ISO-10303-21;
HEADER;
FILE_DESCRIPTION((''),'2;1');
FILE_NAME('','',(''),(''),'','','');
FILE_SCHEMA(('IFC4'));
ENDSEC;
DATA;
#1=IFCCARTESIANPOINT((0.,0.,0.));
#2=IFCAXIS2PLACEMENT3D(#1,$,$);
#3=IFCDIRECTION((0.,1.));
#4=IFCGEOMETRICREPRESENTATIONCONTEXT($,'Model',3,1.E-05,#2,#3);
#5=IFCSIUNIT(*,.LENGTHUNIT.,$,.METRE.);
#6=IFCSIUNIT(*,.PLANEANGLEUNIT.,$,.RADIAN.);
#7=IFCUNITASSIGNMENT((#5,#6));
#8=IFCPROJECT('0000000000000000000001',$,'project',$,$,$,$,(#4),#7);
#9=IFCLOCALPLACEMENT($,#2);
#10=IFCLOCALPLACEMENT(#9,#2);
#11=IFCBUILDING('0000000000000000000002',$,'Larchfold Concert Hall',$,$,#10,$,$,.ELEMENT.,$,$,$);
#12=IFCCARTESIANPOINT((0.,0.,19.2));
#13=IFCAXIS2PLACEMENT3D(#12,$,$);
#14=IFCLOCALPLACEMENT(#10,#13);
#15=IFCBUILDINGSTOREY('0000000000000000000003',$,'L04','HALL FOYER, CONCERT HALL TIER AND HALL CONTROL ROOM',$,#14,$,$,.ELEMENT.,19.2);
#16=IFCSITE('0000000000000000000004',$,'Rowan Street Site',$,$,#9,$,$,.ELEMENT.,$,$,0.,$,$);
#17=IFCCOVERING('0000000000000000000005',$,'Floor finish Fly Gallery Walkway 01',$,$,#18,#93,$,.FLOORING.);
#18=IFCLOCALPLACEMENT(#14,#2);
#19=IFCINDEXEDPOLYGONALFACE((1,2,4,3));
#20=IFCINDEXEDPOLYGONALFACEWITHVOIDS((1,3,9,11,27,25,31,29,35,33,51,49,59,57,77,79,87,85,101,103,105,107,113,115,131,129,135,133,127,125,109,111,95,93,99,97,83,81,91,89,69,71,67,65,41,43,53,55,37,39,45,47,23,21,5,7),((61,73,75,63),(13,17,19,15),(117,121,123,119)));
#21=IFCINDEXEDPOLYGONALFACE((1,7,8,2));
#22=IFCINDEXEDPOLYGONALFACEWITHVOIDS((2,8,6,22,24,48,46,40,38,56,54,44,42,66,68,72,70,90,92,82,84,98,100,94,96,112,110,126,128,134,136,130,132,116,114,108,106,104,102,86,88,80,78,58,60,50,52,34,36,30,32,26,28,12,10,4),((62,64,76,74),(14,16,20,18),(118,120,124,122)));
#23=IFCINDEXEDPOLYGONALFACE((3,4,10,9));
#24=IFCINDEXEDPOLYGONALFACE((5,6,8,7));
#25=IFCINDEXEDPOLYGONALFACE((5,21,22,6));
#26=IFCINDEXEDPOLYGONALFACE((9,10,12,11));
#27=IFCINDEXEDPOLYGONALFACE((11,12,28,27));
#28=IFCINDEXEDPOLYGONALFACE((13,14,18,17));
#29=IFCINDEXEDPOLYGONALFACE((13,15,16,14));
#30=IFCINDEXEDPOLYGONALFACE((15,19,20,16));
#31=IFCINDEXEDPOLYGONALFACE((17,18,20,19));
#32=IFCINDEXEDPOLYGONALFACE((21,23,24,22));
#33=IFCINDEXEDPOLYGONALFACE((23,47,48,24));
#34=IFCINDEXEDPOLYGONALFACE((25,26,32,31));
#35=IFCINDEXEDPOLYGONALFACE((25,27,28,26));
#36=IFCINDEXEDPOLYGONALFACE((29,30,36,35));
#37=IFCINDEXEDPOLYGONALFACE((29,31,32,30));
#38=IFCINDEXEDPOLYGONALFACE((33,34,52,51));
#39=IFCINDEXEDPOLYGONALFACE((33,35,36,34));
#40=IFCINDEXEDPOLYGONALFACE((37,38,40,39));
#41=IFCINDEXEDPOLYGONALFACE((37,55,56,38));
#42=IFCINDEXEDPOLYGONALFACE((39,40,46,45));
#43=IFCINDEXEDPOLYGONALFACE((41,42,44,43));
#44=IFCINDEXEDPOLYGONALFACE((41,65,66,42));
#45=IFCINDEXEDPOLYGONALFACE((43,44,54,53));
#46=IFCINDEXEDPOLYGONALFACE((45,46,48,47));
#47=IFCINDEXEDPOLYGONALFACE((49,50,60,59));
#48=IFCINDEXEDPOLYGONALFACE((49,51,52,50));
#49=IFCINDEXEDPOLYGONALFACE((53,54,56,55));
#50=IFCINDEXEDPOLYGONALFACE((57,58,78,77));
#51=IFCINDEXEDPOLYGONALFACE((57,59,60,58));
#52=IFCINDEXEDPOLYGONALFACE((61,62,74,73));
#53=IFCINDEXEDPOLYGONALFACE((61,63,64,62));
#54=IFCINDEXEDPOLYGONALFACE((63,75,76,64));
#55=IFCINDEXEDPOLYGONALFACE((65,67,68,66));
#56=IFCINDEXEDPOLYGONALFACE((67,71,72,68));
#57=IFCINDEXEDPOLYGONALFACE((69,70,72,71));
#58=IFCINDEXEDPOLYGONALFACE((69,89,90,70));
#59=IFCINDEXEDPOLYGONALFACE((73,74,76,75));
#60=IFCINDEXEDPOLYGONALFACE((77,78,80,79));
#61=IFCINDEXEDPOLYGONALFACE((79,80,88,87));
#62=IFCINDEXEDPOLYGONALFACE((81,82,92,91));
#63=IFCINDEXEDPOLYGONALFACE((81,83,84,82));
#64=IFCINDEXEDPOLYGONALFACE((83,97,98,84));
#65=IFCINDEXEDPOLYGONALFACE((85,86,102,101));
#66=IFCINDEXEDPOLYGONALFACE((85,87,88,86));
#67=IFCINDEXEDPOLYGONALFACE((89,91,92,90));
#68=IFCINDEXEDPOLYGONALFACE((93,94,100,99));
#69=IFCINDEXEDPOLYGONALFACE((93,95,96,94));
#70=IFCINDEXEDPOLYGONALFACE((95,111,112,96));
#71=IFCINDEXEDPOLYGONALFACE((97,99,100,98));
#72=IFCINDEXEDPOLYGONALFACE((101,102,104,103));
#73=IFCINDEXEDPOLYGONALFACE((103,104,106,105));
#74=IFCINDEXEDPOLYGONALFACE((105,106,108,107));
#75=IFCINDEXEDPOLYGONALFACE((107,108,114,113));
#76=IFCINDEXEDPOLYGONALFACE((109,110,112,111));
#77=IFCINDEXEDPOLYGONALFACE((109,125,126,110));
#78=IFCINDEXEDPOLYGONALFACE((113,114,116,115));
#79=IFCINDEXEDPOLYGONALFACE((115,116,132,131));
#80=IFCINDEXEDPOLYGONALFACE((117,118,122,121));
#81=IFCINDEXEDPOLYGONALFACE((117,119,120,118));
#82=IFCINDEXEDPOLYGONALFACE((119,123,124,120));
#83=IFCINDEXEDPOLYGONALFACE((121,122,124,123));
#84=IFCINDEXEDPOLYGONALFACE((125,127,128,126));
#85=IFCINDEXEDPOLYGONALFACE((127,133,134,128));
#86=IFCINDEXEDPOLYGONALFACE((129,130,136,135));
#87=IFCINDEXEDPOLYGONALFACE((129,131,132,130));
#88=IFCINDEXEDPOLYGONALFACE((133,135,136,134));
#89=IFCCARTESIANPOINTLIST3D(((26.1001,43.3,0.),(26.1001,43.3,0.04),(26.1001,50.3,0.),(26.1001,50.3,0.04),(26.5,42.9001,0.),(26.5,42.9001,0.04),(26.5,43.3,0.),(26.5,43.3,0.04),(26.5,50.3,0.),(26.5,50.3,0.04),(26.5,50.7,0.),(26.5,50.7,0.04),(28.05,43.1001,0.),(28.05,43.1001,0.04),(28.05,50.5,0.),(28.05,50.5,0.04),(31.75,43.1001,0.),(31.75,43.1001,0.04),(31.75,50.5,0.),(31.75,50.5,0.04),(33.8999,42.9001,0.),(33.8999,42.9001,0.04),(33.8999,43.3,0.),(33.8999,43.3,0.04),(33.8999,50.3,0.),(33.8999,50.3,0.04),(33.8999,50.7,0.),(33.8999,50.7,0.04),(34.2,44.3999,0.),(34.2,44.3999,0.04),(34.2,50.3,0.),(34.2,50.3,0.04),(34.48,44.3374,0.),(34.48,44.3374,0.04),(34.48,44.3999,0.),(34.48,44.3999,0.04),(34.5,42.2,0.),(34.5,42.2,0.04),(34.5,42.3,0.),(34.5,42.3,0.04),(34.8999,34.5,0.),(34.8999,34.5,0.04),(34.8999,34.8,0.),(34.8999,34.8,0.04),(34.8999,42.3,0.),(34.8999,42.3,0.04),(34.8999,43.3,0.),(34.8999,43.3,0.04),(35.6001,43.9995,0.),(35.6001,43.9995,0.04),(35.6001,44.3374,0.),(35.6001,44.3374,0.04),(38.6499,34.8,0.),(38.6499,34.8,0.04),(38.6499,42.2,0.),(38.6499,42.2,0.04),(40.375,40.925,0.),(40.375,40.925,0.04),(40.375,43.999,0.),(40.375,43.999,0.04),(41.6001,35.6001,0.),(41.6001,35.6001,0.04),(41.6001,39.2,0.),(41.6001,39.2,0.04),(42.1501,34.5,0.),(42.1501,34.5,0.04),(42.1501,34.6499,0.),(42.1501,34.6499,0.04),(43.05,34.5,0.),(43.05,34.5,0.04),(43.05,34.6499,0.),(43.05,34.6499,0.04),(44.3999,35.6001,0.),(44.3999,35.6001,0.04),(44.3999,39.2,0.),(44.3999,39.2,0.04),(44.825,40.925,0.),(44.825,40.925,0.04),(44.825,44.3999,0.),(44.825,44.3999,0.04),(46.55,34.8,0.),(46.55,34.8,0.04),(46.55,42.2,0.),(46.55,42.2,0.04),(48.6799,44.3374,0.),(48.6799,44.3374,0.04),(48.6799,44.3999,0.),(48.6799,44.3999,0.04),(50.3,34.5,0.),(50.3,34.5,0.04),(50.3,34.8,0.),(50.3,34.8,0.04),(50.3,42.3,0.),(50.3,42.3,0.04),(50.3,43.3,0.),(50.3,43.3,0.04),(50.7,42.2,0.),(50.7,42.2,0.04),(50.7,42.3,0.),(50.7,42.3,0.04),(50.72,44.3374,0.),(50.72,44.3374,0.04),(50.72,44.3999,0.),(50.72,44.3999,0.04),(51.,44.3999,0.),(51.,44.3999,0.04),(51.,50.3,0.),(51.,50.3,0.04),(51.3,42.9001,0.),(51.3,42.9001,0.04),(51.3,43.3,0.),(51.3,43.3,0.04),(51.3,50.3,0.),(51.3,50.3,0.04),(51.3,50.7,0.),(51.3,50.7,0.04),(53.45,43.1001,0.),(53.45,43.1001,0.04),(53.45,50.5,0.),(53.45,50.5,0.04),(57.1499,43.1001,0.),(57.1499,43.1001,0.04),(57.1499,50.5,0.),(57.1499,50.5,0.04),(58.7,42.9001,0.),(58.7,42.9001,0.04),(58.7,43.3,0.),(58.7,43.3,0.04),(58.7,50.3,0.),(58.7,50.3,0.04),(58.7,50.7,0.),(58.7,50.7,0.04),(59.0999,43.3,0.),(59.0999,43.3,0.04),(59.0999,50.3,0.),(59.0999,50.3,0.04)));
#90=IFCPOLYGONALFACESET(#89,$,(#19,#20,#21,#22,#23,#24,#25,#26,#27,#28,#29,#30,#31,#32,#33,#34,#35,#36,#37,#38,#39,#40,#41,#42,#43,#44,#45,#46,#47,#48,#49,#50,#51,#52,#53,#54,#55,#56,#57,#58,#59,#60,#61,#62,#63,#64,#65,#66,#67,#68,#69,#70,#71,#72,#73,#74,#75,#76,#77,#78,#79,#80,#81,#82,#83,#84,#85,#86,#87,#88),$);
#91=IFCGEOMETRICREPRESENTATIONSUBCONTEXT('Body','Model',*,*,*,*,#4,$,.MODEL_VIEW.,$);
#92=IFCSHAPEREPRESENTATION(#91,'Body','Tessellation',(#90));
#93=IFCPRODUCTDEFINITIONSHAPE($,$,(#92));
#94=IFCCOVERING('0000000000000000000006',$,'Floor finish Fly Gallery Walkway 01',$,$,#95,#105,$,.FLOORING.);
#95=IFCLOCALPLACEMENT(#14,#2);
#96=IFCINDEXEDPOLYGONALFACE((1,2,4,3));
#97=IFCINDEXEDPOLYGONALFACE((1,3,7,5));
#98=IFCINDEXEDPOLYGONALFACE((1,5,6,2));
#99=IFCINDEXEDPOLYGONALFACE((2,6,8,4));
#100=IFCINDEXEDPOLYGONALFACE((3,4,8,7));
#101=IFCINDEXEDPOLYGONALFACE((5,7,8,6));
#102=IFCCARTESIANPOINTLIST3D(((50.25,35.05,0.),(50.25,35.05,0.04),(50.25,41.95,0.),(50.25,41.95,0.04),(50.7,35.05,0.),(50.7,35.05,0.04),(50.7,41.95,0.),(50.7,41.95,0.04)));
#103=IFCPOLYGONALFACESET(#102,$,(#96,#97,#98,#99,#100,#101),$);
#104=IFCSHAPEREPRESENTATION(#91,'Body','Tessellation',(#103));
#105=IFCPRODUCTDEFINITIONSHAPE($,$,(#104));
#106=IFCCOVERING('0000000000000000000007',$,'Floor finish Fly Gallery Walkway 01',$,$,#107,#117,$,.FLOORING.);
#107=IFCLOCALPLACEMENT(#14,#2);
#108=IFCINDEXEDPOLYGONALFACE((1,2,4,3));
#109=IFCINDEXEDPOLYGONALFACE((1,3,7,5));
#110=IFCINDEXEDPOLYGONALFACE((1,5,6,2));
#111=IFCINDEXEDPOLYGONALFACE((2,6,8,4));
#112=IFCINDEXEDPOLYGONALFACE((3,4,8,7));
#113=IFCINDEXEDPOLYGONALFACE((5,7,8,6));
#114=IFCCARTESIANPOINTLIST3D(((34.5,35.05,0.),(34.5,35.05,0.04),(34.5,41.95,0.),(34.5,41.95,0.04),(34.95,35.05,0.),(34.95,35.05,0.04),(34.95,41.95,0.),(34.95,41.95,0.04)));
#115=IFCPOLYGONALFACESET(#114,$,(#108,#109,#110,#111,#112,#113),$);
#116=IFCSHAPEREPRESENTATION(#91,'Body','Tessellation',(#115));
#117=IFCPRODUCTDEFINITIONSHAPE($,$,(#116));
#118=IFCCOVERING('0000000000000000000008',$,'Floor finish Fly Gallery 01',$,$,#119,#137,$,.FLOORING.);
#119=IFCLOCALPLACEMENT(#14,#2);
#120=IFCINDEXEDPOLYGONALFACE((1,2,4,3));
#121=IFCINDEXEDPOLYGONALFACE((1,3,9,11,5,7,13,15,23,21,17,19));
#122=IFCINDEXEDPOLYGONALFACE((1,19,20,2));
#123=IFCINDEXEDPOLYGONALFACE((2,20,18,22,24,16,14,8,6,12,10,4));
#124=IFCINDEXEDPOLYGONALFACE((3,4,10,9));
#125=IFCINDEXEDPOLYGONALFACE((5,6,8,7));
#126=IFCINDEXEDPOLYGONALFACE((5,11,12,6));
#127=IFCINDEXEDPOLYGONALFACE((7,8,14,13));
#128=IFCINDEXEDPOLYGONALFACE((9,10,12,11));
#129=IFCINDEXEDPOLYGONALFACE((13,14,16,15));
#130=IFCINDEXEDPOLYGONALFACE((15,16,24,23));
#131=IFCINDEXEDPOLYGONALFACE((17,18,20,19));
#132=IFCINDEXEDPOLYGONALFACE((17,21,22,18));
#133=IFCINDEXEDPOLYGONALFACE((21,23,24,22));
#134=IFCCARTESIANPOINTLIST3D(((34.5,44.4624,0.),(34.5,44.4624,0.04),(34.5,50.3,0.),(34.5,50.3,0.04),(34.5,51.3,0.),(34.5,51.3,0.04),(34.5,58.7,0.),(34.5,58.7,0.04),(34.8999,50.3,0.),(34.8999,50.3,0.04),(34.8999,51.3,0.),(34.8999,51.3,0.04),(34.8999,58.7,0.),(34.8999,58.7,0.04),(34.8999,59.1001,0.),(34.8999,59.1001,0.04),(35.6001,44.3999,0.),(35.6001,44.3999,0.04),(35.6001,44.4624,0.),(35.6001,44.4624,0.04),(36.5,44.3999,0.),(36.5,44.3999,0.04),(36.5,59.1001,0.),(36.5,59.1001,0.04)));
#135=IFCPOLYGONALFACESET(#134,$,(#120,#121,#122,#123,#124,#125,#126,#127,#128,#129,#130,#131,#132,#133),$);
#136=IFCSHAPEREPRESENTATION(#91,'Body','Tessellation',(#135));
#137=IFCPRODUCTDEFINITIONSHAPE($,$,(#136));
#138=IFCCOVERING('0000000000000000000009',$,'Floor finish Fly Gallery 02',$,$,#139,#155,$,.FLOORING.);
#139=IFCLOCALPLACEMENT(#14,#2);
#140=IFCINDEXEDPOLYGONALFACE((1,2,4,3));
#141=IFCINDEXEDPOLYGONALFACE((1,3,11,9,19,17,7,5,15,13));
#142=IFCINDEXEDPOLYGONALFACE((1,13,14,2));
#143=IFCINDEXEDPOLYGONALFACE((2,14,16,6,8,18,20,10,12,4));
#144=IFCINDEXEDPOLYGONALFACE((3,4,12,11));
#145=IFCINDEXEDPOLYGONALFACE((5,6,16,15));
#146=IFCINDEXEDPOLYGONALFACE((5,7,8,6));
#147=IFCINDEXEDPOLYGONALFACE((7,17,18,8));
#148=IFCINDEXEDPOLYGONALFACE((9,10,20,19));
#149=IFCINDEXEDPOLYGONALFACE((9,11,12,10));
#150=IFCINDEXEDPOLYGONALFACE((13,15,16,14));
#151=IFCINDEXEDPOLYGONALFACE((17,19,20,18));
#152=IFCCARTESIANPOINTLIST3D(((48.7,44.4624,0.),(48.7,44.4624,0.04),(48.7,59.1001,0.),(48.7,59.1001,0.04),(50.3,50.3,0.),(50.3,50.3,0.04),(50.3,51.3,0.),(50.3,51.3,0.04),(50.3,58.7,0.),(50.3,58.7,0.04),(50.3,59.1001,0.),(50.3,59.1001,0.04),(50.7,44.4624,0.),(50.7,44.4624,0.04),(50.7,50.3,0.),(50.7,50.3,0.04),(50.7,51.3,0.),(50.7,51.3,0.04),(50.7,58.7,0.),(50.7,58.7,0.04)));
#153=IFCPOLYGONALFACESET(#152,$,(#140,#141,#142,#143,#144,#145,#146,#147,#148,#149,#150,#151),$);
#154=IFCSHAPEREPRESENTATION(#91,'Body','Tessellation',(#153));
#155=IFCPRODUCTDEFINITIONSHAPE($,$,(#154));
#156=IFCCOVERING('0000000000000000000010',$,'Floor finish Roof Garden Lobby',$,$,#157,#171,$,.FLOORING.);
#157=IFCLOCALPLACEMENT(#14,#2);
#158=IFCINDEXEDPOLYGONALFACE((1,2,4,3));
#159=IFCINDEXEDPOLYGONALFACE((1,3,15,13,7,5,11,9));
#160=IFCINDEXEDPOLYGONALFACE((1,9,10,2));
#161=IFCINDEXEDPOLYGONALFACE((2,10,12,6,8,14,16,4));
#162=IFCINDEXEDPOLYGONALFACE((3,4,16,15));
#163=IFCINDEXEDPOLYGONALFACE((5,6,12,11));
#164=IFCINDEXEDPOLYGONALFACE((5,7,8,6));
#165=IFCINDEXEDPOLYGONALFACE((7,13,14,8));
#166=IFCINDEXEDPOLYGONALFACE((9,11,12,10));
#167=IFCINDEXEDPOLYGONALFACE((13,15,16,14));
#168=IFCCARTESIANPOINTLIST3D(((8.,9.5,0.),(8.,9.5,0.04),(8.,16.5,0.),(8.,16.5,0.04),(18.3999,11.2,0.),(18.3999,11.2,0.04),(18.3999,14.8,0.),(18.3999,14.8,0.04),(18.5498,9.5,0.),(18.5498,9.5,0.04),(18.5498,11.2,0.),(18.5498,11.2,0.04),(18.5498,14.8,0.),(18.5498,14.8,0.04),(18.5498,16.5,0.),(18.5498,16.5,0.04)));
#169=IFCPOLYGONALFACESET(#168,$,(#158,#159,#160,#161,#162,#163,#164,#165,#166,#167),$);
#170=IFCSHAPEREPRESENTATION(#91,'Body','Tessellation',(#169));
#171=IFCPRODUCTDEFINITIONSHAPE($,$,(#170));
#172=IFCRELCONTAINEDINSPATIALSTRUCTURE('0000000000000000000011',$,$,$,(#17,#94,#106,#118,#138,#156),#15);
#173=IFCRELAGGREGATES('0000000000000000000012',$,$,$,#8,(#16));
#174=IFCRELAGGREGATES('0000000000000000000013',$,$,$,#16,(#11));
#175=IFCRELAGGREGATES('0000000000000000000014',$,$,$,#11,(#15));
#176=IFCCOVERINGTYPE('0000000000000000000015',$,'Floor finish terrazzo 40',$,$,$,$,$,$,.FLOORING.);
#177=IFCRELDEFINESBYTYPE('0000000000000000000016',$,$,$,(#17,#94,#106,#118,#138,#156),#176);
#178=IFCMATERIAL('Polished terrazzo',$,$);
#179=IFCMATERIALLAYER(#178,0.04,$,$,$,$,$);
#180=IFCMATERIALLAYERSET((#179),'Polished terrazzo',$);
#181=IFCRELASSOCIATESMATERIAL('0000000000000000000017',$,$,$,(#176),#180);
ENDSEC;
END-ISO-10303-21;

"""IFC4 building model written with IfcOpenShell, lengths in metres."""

from ifc_helpers import new_model, si_unit, direction, frame, origin, place, context, subcontext, project, spatial, polyline, outline, extrude, material, layer, layer_set, type_object, element, save


model = new_model("IFC4")

# Units and contexts
model_context = context("Model", 3, precision=1e-05, world=origin(), true_north=direction((0.0, 1.0)))
body_context = subcontext(model_context, "Body", "Model", "MODEL_VIEW")
ifc_project = project(units=[si_unit("LENGTHUNIT", "METRE"), si_unit("PLANEANGLEUNIT", "RADIAN")], contexts=[model_context])

# Site, building, storey
site_placement = place(None, origin())
site = spatial("IfcSite", under=ifc_project, at=site_placement, Name="Rowan Street Site", CompositionType="ELEMENT", RefElevation=0.0)
building_placement = place(site_placement, origin())
building = spatial("IfcBuilding", under=site, at=building_placement, Name="Larchfold Concert Hall", CompositionType="ELEMENT")
storey_placement = place(building_placement, frame((0.0, 0.0, 19.2)))
storey = spatial("IfcBuildingStorey", under=building, at=storey_placement, Name="L04", Description="HALL FOYER, CONCERT HALL TIER AND HALL CONTROL ROOM", CompositionType="ELEMENT", Elevation=19.2)

# Coverings
ifc_material_1 = material(Name="Polished terrazzo")
ifc_layer_1 = layer(ifc_material_1, 0.04)
ifc_layer_set_1 = layer_set([ifc_layer_1], Name="Polished terrazzo")
covering_type_1 = type_object("IfcCoveringType", Name="Floor finish terrazzo 40", PredefinedType="FLOORING", material=ifc_layer_set_1)
covering_1_placement = place(storey_placement, origin())
element("IfcCovering", 1, at=covering_1_placement, inside=storey, type_object=covering_type_1, Name="Floor finish Fly Gallery Walkway 01", PredefinedType="FLOORING", context=body_context, shape_type="SweptSolid", body=[
    extrude(outline(polyline([(35.6001, 44.3374), (34.48, 44.3374), (34.48, 44.3999), (34.2, 44.3999), (34.2, 50.3), (33.8999, 50.3), (33.8999, 50.7), (26.5, 50.7), (26.5, 50.3), (26.1001, 50.3), (26.1001, 43.3), (26.5, 43.3), (26.5, 42.9001), (33.8999, 42.9001), (33.8999, 43.3), (34.8999, 43.3), (34.8999, 42.3), (34.5, 42.3), (34.5, 42.2), (38.6499, 42.2), (38.6499, 34.8), (34.8999, 34.8), (34.8999, 34.5), (42.1501, 34.5), (42.1501, 34.6499), (43.05, 34.6499), (43.05, 34.5), (50.3, 34.5), (50.3, 34.8), (46.55, 34.8), (46.55, 42.2), (50.7, 42.2), (50.7, 42.3), (50.3, 42.3), (50.3, 43.3), (51.3, 43.3), (51.3, 42.9001), (58.7, 42.9001), (58.7, 43.3), (59.0999, 43.3), (59.0999, 50.3), (58.7, 50.3), (58.7, 50.7), (51.3, 50.7), (51.3, 50.3), (51.0, 50.3), (51.0, 44.3999), (50.72, 44.3999), (50.72, 44.3374), (48.6799, 44.3374), (48.6799, 44.3999), (44.825, 44.3999), (44.825, 40.925), (40.375, 40.925), (40.375, 43.999), (35.6001, 43.9995), (35.6001, 44.3374)]), holes=[polyline([(57.1499, 43.1001), (53.45, 43.1001), (53.45, 50.5), (57.1499, 50.5), (57.1499, 43.1001)]), polyline([(44.3999, 39.2), (44.3999, 35.6001), (41.6001, 35.6001), (41.6001, 39.2), (44.3999, 39.2)]), polyline([(31.75, 50.5), (31.75, 43.1001), (28.05, 43.1001), (28.05, 50.5), (31.75, 50.5)])]), origin(), (0.0, 0.0, 1.0), 0.04),
])
covering_2_placement = place(storey_placement, origin())
element("IfcCovering", 2, at=covering_2_placement, inside=storey, type_object=covering_type_1, Name="Floor finish Fly Gallery Walkway 01", PredefinedType="FLOORING", context=body_context, shape_type="SweptSolid", body=[
    extrude(outline(polyline([(50.25, 35.05), (50.7, 35.05), (50.7, 41.95), (50.25, 41.95), (50.25, 35.05)])), origin(), (0.0, 0.0, 1.0), 0.04),
])
covering_3_placement = place(storey_placement, origin())
element("IfcCovering", 3, at=covering_3_placement, inside=storey, type_object=covering_type_1, Name="Floor finish Fly Gallery Walkway 01", PredefinedType="FLOORING", context=body_context, shape_type="SweptSolid", body=[
    extrude(outline(polyline([(34.5, 35.05), (34.95, 35.05), (34.95, 41.95), (34.5, 41.95), (34.5, 35.05)])), origin(), (0.0, 0.0, 1.0), 0.04),
])
covering_4_placement = place(storey_placement, origin())
element("IfcCovering", 4, at=covering_4_placement, inside=storey, type_object=covering_type_1, Name="Floor finish Fly Gallery 01", PredefinedType="FLOORING", context=body_context, shape_type="SweptSolid", body=[
    extrude(outline(polyline([(35.6001, 44.3999), (36.5, 44.3999), (36.5, 59.1001), (34.8999, 59.1001), (34.8999, 58.7), (34.5, 58.7), (34.5, 51.3), (34.8999, 51.3), (34.8999, 50.3), (34.5, 50.3), (34.5, 44.4624), (35.6001, 44.4624), (35.6001, 44.3999)])), origin(), (0.0, 0.0, 1.0), 0.04),
])
covering_5_placement = place(storey_placement, origin())
element("IfcCovering", 5, at=covering_5_placement, inside=storey, type_object=covering_type_1, Name="Floor finish Fly Gallery 02", PredefinedType="FLOORING", context=body_context, shape_type="SweptSolid", body=[
    extrude(outline(polyline([(48.7, 59.1001), (48.7, 44.4624), (50.7, 44.4624), (50.7, 50.3), (50.3, 50.3), (50.3, 51.3), (50.7, 51.3), (50.7, 58.7), (50.3, 58.7), (50.3, 59.1001), (48.7, 59.1001)])), origin(), (0.0, 0.0, 1.0), 0.04),
])
covering_6_placement = place(storey_placement, origin())
element("IfcCovering", 6, at=covering_6_placement, inside=storey, type_object=covering_type_1, Name="Floor finish Roof Garden Lobby", PredefinedType="FLOORING", context=body_context, shape_type="SweptSolid", body=[
    extrude(outline(polyline([(8.0, 9.5), (18.5498, 9.5), (18.5498, 11.2), (18.3999, 11.2), (18.3999, 14.8), (18.5498, 14.8), (18.5498, 16.5), (8.0, 16.5), (8.0, 9.5)])), origin(), (0.0, 0.0, 1.0), 0.04),
])

save(model, "model.ifc")
